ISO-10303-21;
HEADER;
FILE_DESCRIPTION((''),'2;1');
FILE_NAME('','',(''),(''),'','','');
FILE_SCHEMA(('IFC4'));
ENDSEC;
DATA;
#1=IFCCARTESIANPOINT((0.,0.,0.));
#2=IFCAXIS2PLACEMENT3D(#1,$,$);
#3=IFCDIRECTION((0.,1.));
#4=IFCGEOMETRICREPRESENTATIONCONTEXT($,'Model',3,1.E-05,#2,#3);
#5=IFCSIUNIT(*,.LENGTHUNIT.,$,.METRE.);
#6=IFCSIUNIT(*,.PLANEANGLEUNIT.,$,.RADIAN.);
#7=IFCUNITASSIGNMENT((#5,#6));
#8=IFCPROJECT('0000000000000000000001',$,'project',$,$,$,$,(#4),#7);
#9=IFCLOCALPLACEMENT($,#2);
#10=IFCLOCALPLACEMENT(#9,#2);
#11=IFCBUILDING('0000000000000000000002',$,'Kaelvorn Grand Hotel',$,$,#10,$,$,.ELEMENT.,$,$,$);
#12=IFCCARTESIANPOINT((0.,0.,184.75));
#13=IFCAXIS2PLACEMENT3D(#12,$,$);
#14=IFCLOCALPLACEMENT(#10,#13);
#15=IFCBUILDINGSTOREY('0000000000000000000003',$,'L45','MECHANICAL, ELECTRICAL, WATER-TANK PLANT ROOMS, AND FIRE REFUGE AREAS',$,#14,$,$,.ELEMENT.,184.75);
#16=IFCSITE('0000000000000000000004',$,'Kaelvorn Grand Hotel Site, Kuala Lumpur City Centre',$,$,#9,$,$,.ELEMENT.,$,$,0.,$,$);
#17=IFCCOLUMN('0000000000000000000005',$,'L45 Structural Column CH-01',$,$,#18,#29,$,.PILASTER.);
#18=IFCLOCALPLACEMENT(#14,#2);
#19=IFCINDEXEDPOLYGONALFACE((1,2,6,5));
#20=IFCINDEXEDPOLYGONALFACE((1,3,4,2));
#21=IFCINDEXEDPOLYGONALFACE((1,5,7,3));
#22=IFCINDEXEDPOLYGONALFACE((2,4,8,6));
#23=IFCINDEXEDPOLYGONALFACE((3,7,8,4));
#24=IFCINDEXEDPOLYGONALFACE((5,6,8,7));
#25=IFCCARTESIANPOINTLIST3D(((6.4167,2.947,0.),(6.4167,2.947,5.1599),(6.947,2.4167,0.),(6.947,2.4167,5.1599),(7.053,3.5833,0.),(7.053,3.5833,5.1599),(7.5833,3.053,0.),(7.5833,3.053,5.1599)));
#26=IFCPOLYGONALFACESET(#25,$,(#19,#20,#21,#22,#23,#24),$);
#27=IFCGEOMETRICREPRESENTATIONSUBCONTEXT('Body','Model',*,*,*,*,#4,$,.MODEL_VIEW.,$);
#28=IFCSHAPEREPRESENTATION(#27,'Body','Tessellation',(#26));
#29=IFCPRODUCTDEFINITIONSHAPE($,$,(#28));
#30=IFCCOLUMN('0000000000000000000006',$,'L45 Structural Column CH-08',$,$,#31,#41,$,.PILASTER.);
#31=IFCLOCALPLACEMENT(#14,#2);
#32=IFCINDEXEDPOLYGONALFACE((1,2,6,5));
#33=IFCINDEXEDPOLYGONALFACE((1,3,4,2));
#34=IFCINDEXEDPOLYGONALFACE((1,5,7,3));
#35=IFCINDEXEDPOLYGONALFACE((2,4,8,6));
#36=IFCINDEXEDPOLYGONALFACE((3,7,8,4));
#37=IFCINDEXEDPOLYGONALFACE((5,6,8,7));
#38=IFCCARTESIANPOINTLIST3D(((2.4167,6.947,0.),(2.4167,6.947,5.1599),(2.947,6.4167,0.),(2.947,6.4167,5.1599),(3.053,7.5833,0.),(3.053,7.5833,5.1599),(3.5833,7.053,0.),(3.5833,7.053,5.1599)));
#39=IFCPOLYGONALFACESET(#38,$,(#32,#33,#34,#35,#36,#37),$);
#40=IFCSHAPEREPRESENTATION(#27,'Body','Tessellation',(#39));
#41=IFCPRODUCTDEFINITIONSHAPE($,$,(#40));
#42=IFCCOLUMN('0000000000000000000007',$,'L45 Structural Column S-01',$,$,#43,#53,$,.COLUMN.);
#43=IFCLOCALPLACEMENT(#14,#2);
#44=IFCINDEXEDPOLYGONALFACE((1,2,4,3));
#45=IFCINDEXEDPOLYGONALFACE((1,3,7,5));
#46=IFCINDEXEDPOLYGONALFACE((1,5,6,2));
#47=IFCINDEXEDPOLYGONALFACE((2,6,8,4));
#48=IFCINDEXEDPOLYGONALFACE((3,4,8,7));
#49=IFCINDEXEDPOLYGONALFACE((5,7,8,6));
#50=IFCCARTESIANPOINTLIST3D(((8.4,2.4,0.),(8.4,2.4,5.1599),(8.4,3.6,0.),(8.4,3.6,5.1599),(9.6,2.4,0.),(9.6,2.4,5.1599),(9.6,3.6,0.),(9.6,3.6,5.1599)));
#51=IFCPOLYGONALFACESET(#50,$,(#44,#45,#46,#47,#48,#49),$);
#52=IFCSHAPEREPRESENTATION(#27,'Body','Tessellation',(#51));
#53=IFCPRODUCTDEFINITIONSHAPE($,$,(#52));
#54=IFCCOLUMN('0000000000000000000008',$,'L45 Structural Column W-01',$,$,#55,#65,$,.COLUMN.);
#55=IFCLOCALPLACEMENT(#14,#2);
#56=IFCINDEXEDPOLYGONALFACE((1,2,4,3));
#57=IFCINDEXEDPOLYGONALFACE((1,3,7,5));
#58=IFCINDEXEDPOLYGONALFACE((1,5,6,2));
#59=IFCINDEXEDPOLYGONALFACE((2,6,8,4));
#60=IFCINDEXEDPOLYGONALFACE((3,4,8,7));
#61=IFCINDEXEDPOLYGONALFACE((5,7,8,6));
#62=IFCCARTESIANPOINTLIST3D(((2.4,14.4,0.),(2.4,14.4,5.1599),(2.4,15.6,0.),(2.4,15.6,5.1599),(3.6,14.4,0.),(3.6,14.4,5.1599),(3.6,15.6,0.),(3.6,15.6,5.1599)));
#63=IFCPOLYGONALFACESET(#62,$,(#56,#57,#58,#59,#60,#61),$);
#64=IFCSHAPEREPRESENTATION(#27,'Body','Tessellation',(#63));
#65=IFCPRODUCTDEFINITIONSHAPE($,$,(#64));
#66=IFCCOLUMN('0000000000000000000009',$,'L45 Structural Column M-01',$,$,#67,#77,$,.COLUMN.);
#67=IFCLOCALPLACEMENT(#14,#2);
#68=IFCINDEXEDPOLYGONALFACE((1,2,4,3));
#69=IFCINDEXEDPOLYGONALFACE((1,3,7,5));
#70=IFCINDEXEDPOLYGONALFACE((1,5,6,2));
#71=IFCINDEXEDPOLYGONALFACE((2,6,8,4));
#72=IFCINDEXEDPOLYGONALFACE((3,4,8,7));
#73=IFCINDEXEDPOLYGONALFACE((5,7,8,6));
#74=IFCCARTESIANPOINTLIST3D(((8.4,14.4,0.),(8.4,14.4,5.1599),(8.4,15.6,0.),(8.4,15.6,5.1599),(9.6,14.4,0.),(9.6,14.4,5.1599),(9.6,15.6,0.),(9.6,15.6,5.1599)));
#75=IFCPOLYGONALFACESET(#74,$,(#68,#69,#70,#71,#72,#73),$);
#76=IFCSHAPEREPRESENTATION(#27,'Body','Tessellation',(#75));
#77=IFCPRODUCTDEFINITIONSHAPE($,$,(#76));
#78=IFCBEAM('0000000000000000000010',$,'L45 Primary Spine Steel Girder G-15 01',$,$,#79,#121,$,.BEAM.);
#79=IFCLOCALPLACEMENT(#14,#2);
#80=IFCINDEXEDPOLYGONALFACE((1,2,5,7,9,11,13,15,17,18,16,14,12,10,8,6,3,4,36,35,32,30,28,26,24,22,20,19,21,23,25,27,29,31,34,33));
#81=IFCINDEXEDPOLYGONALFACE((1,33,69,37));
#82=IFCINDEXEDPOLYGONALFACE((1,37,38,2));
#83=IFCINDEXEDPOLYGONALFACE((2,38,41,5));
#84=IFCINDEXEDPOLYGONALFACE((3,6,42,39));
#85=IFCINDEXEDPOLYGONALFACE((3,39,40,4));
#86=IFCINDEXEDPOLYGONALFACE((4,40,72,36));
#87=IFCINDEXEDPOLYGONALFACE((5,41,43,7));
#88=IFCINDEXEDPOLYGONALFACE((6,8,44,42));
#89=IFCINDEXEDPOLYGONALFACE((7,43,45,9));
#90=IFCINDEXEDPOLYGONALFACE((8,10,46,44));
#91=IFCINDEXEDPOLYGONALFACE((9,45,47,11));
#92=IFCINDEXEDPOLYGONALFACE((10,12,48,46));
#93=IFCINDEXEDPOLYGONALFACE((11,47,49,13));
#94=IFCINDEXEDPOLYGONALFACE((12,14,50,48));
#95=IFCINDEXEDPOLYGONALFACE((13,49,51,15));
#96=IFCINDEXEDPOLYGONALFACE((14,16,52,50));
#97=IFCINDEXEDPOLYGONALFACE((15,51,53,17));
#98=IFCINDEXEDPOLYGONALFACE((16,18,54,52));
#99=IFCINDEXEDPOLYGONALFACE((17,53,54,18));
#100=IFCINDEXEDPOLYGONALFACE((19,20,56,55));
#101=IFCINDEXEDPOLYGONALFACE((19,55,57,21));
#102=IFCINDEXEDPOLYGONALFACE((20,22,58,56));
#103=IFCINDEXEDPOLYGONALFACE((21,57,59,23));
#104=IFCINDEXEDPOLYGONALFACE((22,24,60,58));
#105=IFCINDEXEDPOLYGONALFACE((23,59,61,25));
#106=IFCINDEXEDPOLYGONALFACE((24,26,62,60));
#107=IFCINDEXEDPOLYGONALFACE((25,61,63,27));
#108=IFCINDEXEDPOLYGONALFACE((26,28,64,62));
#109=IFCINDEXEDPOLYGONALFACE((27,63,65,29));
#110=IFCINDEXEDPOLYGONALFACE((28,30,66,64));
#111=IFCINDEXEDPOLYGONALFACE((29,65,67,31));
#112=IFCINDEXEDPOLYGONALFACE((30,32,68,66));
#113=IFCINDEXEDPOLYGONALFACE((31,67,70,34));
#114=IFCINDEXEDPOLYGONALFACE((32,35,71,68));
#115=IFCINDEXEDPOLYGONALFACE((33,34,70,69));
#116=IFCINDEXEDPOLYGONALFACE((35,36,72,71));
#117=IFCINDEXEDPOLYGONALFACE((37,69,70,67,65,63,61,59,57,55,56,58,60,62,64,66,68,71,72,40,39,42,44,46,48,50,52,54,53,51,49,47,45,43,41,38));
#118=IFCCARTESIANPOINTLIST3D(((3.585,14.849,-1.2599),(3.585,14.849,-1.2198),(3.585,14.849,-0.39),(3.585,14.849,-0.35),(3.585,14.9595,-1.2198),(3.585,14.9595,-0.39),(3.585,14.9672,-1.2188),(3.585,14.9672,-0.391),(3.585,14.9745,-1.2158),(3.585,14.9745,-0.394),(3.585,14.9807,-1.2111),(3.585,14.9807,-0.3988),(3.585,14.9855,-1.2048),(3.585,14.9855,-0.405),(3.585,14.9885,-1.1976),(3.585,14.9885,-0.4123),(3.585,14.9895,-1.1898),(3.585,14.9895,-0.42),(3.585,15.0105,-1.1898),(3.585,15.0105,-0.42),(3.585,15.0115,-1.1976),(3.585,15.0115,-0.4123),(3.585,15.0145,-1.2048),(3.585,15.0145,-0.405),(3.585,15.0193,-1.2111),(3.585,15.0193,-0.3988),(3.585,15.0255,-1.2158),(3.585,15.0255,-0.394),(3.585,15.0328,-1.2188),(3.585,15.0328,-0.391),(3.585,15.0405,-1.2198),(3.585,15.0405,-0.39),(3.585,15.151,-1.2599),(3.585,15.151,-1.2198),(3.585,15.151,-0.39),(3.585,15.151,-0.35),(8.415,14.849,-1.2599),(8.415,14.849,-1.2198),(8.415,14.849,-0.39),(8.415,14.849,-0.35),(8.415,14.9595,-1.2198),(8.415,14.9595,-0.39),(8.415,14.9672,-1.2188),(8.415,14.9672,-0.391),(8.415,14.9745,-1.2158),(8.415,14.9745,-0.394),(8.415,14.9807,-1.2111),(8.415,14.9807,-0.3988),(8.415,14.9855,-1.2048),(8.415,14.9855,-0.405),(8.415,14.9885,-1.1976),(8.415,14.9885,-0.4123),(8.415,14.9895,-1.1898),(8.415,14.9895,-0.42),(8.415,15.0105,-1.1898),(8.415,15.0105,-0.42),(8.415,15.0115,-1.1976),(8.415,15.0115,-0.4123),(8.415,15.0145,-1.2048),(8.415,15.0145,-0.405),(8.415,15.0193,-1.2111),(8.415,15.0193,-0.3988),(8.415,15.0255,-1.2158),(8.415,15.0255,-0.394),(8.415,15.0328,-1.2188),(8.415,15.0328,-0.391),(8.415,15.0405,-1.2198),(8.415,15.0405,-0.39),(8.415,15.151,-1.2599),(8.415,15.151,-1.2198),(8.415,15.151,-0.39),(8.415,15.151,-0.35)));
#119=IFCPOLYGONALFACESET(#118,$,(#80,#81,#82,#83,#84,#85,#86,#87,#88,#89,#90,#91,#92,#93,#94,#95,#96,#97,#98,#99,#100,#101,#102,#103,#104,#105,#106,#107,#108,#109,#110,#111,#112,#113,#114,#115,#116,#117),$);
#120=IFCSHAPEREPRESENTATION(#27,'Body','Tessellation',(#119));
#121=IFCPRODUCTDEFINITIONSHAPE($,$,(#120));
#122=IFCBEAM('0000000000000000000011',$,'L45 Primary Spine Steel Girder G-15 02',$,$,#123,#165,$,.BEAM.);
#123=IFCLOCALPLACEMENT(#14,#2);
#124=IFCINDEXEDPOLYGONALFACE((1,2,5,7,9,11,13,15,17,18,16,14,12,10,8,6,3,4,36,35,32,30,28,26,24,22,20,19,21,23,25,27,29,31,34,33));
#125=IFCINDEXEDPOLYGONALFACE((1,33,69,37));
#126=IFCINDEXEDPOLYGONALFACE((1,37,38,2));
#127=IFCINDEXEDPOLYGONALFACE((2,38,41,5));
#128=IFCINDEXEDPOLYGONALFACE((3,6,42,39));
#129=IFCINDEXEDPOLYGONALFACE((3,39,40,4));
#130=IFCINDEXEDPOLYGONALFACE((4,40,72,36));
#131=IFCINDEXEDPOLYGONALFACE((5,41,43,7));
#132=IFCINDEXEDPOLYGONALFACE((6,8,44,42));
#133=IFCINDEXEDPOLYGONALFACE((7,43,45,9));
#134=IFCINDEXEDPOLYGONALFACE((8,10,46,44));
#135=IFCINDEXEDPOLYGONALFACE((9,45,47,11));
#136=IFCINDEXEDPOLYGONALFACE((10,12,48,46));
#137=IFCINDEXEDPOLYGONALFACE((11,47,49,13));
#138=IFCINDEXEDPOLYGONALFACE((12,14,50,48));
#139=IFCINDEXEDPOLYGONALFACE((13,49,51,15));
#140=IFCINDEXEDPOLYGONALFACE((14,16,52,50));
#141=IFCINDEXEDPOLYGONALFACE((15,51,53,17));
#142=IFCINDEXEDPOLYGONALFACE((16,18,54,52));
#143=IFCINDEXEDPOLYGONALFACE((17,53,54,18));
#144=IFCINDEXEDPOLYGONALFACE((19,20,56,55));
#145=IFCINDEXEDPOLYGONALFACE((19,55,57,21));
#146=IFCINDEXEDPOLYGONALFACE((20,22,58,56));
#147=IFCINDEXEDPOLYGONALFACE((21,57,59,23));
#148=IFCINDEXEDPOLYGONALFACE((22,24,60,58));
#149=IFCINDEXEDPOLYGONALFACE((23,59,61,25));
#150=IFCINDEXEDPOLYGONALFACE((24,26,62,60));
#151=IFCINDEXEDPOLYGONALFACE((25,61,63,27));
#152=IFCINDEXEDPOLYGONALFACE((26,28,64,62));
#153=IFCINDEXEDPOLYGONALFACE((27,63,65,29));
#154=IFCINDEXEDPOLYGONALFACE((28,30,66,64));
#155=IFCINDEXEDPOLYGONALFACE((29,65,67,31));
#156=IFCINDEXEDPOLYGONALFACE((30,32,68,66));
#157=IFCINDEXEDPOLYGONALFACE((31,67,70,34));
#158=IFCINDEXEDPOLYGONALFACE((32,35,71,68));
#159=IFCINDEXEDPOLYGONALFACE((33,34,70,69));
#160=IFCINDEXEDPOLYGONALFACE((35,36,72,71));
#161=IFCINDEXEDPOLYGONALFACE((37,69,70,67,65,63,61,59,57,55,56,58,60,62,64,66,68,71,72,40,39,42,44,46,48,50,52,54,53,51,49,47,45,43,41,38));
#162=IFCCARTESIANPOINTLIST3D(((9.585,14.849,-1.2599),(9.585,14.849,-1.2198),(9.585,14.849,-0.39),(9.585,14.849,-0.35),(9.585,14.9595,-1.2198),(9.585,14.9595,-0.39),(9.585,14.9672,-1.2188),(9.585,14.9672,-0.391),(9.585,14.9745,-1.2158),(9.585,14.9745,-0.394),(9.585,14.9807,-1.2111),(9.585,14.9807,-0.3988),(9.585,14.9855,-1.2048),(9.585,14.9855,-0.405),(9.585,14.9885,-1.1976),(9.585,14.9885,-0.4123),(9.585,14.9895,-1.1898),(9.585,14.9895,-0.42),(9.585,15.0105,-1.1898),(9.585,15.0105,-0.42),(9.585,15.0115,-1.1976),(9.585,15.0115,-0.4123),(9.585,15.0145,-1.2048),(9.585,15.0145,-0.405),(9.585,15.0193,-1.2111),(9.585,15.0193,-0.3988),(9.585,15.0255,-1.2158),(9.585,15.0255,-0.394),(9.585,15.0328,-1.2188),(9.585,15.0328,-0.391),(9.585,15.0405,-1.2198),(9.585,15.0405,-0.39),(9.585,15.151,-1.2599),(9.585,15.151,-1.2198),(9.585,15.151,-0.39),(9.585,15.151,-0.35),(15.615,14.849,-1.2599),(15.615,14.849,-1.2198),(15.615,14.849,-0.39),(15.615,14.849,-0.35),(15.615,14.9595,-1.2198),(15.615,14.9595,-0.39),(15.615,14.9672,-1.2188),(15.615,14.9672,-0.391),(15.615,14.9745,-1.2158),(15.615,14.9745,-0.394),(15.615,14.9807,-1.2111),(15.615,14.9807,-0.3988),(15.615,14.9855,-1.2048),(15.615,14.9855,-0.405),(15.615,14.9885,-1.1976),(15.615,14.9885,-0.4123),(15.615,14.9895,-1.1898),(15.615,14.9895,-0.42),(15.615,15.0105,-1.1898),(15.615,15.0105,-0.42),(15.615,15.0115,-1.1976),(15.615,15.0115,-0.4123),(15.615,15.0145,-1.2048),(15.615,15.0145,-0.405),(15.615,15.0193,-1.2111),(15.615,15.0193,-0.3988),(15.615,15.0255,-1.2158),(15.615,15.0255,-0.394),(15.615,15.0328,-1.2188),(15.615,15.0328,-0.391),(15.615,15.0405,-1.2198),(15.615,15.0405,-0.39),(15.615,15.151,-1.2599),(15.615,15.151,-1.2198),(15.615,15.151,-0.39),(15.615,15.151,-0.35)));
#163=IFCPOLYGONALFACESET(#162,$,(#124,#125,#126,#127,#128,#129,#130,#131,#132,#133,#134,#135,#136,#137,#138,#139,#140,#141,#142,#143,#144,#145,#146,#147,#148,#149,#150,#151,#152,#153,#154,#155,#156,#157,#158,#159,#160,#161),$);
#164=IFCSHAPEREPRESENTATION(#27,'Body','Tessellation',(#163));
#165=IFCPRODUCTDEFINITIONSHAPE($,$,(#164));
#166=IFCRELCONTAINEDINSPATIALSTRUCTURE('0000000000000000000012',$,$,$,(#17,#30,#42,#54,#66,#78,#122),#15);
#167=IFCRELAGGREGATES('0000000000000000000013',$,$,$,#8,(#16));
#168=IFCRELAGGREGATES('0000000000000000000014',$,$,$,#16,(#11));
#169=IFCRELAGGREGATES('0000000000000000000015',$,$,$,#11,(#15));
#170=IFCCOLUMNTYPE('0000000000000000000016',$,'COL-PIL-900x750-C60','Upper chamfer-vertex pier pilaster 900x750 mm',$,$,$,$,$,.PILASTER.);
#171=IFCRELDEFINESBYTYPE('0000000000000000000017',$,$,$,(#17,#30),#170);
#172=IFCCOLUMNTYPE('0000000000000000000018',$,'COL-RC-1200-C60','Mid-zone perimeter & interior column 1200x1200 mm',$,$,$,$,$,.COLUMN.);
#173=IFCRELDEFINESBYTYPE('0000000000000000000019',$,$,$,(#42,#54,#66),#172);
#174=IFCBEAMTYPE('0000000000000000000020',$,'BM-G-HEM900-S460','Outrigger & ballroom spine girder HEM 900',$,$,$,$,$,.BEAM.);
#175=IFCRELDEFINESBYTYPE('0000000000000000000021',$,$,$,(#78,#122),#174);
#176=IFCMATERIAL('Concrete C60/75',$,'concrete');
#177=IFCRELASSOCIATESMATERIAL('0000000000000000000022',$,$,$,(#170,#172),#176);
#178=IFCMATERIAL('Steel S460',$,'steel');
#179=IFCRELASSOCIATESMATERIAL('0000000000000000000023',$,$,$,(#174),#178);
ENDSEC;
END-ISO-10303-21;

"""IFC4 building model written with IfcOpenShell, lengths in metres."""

from ifc_helpers import new_model, si_unit, direction, frame, origin, origin_2d, place, context, subcontext, project, spatial, rectangle, i_section, extrude, material, material_profile, profile_set, type_object, element, save


model = new_model("IFC4")

# Units and contexts
model_context = context("Model", 3, precision=1e-05, world=origin(), true_north=direction((0.0, 1.0)))
body_context = subcontext(model_context, "Body", "Model", "MODEL_VIEW")
ifc_project = project(units=[si_unit("LENGTHUNIT", "METRE"), si_unit("PLANEANGLEUNIT", "RADIAN")], contexts=[model_context])

# Site, building, storey
site_placement = place(None, origin())
site = spatial("IfcSite", under=ifc_project, at=site_placement, Name="Kaelvorn Grand Hotel Site, Kuala Lumpur City Centre", CompositionType="ELEMENT", RefElevation=0.0)
building_placement = place(site_placement, origin())
building = spatial("IfcBuilding", under=site, at=building_placement, Name="Kaelvorn Grand Hotel", CompositionType="ELEMENT")
storey_placement = place(building_placement, frame((0.0, 0.0, 184.75)))
storey = spatial("IfcBuildingStorey", under=building, at=storey_placement, Name="L45", Description="MECHANICAL, ELECTRICAL, WATER-TANK PLANT ROOMS, AND FIRE REFUGE AREAS", CompositionType="ELEMENT", Elevation=184.75)

# Columns
ifc_material_1 = material(Name="Concrete C60/75", Category="concrete")
ifc_material_profile_1 = material_profile(ifc_material_1, rectangle(XDim=0.8999, YDim=0.75, at=origin_2d()), Name="RC PILASTER 900x750")
ifc_profile_set_1 = profile_set([ifc_material_profile_1], Name="Concrete C60/75")
column_type_1 = type_object("IfcColumnType", Name="COL-PIL-900x750-C60", Description="Upper chamfer-vertex pier pilaster 900x750 mm", PredefinedType="PILASTER", material=ifc_profile_set_1)
for number, where, z_axis, x_axis, name in (
    (1, (7.0, 3.0, 0.0), (0.0, 0.0, 1.0), (0.707107, 0.707107, 0.0), "L45 Structural Column CH-01"),
    (2, (3.0, 7.0, 0.0), (0.0, 0.0, 1.0), (0.707107, 0.707107, 0.0), "L45 Structural Column CH-08"),
):
    element("IfcColumn", number, at=place(storey_placement, frame(where, z_axis=z_axis, x_axis=x_axis)), inside=storey, type_object=column_type_1, Name=name, PredefinedType="PILASTER", context=body_context, shape_type="SweptSolid", body=[
        extrude(rectangle(XDim=0.8999, YDim=0.75, at=origin_2d()), origin(), (0.0, 0.0, 1.0), 5.1599),
    ])
ifc_material_profile_2 = material_profile(ifc_material_1, rectangle(XDim=1.2, YDim=1.2, at=origin_2d()), Name="RC COL 1200x1200")
ifc_profile_set_2 = profile_set([ifc_material_profile_2], Name="Concrete C60/75")
column_type_2 = type_object("IfcColumnType", Name="COL-RC-1200-C60", Description="Mid-zone perimeter & interior column 1200x1200 mm", PredefinedType="COLUMN", material=ifc_profile_set_2)
for number, where, z_axis, x_axis, name in (
    (3, (9.0, 3.0, 0.0), (0.0, 0.0, 1.0), (1.0, 0.0, 0.0), "L45 Structural Column S-01"),
    (4, (3.0, 15.0, 0.0), (0.0, 0.0, 1.0), (1.0, 0.0, 0.0), "L45 Structural Column W-01"),
    (5, (9.0, 15.0, 0.0), (0.0, 0.0, 1.0), (1.0, 0.0, 0.0), "L45 Structural Column M-01"),
):
    element("IfcColumn", number, at=place(storey_placement, frame(where, z_axis=z_axis, x_axis=x_axis)), inside=storey, type_object=column_type_2, Name=name, PredefinedType="COLUMN", context=body_context, shape_type="SweptSolid", body=[
        extrude(rectangle(XDim=1.2, YDim=1.2, at=origin_2d()), origin(), (0.0, 0.0, 1.0), 5.1599),
    ])

# Beams
ifc_material_2 = material(Name="Steel S460", Category="steel")
ifc_material_profile_3 = material_profile(ifc_material_2, i_section(OverallWidth=0.302, OverallDepth=0.9099, WebThickness=0.021, FlangeThickness=0.04, FilletRadius=0.03, at=origin_2d()), Name="HEM 900")
ifc_profile_set_3 = profile_set([ifc_material_profile_3], Name="Steel S460")
beam_type_1 = type_object("IfcBeamType", Name="BM-G-HEM900-S460", Description="Outrigger & ballroom spine girder HEM 900", PredefinedType="BEAM", material=ifc_profile_set_3)
beam_1_placement = place(storey_placement, frame((3.585, 15.0, -0.8049), z_axis=(1.0, 0.0, 0.0), x_axis=(0.0, 1.0, 0.0)))
element("IfcBeam", 6, at=beam_1_placement, inside=storey, type_object=beam_type_1, Name="L45 Primary Spine Steel Girder G-15 01", PredefinedType="BEAM", context=body_context, shape_type="SweptSolid", body=[
    extrude(i_section(OverallWidth=0.302, OverallDepth=0.9099, WebThickness=0.021, FlangeThickness=0.04, FilletRadius=0.03, at=origin_2d()), origin(), (0.0, 0.0, 1.0), 4.8301),
])
beam_2_placement = place(storey_placement, frame((9.585, 15.0, -0.8049), z_axis=(1.0, 0.0, 0.0), x_axis=(0.0, 1.0, 0.0)))
element("IfcBeam", 7, at=beam_2_placement, inside=storey, type_object=beam_type_1, Name="L45 Primary Spine Steel Girder G-15 02", PredefinedType="BEAM", context=body_context, shape_type="SweptSolid", body=[
    extrude(i_section(OverallWidth=0.302, OverallDepth=0.9099, WebThickness=0.021, FlangeThickness=0.04, FilletRadius=0.03, at=origin_2d()), origin(), (0.0, 0.0, 1.0), 6.03),
])

save(model, "model.ifc")
